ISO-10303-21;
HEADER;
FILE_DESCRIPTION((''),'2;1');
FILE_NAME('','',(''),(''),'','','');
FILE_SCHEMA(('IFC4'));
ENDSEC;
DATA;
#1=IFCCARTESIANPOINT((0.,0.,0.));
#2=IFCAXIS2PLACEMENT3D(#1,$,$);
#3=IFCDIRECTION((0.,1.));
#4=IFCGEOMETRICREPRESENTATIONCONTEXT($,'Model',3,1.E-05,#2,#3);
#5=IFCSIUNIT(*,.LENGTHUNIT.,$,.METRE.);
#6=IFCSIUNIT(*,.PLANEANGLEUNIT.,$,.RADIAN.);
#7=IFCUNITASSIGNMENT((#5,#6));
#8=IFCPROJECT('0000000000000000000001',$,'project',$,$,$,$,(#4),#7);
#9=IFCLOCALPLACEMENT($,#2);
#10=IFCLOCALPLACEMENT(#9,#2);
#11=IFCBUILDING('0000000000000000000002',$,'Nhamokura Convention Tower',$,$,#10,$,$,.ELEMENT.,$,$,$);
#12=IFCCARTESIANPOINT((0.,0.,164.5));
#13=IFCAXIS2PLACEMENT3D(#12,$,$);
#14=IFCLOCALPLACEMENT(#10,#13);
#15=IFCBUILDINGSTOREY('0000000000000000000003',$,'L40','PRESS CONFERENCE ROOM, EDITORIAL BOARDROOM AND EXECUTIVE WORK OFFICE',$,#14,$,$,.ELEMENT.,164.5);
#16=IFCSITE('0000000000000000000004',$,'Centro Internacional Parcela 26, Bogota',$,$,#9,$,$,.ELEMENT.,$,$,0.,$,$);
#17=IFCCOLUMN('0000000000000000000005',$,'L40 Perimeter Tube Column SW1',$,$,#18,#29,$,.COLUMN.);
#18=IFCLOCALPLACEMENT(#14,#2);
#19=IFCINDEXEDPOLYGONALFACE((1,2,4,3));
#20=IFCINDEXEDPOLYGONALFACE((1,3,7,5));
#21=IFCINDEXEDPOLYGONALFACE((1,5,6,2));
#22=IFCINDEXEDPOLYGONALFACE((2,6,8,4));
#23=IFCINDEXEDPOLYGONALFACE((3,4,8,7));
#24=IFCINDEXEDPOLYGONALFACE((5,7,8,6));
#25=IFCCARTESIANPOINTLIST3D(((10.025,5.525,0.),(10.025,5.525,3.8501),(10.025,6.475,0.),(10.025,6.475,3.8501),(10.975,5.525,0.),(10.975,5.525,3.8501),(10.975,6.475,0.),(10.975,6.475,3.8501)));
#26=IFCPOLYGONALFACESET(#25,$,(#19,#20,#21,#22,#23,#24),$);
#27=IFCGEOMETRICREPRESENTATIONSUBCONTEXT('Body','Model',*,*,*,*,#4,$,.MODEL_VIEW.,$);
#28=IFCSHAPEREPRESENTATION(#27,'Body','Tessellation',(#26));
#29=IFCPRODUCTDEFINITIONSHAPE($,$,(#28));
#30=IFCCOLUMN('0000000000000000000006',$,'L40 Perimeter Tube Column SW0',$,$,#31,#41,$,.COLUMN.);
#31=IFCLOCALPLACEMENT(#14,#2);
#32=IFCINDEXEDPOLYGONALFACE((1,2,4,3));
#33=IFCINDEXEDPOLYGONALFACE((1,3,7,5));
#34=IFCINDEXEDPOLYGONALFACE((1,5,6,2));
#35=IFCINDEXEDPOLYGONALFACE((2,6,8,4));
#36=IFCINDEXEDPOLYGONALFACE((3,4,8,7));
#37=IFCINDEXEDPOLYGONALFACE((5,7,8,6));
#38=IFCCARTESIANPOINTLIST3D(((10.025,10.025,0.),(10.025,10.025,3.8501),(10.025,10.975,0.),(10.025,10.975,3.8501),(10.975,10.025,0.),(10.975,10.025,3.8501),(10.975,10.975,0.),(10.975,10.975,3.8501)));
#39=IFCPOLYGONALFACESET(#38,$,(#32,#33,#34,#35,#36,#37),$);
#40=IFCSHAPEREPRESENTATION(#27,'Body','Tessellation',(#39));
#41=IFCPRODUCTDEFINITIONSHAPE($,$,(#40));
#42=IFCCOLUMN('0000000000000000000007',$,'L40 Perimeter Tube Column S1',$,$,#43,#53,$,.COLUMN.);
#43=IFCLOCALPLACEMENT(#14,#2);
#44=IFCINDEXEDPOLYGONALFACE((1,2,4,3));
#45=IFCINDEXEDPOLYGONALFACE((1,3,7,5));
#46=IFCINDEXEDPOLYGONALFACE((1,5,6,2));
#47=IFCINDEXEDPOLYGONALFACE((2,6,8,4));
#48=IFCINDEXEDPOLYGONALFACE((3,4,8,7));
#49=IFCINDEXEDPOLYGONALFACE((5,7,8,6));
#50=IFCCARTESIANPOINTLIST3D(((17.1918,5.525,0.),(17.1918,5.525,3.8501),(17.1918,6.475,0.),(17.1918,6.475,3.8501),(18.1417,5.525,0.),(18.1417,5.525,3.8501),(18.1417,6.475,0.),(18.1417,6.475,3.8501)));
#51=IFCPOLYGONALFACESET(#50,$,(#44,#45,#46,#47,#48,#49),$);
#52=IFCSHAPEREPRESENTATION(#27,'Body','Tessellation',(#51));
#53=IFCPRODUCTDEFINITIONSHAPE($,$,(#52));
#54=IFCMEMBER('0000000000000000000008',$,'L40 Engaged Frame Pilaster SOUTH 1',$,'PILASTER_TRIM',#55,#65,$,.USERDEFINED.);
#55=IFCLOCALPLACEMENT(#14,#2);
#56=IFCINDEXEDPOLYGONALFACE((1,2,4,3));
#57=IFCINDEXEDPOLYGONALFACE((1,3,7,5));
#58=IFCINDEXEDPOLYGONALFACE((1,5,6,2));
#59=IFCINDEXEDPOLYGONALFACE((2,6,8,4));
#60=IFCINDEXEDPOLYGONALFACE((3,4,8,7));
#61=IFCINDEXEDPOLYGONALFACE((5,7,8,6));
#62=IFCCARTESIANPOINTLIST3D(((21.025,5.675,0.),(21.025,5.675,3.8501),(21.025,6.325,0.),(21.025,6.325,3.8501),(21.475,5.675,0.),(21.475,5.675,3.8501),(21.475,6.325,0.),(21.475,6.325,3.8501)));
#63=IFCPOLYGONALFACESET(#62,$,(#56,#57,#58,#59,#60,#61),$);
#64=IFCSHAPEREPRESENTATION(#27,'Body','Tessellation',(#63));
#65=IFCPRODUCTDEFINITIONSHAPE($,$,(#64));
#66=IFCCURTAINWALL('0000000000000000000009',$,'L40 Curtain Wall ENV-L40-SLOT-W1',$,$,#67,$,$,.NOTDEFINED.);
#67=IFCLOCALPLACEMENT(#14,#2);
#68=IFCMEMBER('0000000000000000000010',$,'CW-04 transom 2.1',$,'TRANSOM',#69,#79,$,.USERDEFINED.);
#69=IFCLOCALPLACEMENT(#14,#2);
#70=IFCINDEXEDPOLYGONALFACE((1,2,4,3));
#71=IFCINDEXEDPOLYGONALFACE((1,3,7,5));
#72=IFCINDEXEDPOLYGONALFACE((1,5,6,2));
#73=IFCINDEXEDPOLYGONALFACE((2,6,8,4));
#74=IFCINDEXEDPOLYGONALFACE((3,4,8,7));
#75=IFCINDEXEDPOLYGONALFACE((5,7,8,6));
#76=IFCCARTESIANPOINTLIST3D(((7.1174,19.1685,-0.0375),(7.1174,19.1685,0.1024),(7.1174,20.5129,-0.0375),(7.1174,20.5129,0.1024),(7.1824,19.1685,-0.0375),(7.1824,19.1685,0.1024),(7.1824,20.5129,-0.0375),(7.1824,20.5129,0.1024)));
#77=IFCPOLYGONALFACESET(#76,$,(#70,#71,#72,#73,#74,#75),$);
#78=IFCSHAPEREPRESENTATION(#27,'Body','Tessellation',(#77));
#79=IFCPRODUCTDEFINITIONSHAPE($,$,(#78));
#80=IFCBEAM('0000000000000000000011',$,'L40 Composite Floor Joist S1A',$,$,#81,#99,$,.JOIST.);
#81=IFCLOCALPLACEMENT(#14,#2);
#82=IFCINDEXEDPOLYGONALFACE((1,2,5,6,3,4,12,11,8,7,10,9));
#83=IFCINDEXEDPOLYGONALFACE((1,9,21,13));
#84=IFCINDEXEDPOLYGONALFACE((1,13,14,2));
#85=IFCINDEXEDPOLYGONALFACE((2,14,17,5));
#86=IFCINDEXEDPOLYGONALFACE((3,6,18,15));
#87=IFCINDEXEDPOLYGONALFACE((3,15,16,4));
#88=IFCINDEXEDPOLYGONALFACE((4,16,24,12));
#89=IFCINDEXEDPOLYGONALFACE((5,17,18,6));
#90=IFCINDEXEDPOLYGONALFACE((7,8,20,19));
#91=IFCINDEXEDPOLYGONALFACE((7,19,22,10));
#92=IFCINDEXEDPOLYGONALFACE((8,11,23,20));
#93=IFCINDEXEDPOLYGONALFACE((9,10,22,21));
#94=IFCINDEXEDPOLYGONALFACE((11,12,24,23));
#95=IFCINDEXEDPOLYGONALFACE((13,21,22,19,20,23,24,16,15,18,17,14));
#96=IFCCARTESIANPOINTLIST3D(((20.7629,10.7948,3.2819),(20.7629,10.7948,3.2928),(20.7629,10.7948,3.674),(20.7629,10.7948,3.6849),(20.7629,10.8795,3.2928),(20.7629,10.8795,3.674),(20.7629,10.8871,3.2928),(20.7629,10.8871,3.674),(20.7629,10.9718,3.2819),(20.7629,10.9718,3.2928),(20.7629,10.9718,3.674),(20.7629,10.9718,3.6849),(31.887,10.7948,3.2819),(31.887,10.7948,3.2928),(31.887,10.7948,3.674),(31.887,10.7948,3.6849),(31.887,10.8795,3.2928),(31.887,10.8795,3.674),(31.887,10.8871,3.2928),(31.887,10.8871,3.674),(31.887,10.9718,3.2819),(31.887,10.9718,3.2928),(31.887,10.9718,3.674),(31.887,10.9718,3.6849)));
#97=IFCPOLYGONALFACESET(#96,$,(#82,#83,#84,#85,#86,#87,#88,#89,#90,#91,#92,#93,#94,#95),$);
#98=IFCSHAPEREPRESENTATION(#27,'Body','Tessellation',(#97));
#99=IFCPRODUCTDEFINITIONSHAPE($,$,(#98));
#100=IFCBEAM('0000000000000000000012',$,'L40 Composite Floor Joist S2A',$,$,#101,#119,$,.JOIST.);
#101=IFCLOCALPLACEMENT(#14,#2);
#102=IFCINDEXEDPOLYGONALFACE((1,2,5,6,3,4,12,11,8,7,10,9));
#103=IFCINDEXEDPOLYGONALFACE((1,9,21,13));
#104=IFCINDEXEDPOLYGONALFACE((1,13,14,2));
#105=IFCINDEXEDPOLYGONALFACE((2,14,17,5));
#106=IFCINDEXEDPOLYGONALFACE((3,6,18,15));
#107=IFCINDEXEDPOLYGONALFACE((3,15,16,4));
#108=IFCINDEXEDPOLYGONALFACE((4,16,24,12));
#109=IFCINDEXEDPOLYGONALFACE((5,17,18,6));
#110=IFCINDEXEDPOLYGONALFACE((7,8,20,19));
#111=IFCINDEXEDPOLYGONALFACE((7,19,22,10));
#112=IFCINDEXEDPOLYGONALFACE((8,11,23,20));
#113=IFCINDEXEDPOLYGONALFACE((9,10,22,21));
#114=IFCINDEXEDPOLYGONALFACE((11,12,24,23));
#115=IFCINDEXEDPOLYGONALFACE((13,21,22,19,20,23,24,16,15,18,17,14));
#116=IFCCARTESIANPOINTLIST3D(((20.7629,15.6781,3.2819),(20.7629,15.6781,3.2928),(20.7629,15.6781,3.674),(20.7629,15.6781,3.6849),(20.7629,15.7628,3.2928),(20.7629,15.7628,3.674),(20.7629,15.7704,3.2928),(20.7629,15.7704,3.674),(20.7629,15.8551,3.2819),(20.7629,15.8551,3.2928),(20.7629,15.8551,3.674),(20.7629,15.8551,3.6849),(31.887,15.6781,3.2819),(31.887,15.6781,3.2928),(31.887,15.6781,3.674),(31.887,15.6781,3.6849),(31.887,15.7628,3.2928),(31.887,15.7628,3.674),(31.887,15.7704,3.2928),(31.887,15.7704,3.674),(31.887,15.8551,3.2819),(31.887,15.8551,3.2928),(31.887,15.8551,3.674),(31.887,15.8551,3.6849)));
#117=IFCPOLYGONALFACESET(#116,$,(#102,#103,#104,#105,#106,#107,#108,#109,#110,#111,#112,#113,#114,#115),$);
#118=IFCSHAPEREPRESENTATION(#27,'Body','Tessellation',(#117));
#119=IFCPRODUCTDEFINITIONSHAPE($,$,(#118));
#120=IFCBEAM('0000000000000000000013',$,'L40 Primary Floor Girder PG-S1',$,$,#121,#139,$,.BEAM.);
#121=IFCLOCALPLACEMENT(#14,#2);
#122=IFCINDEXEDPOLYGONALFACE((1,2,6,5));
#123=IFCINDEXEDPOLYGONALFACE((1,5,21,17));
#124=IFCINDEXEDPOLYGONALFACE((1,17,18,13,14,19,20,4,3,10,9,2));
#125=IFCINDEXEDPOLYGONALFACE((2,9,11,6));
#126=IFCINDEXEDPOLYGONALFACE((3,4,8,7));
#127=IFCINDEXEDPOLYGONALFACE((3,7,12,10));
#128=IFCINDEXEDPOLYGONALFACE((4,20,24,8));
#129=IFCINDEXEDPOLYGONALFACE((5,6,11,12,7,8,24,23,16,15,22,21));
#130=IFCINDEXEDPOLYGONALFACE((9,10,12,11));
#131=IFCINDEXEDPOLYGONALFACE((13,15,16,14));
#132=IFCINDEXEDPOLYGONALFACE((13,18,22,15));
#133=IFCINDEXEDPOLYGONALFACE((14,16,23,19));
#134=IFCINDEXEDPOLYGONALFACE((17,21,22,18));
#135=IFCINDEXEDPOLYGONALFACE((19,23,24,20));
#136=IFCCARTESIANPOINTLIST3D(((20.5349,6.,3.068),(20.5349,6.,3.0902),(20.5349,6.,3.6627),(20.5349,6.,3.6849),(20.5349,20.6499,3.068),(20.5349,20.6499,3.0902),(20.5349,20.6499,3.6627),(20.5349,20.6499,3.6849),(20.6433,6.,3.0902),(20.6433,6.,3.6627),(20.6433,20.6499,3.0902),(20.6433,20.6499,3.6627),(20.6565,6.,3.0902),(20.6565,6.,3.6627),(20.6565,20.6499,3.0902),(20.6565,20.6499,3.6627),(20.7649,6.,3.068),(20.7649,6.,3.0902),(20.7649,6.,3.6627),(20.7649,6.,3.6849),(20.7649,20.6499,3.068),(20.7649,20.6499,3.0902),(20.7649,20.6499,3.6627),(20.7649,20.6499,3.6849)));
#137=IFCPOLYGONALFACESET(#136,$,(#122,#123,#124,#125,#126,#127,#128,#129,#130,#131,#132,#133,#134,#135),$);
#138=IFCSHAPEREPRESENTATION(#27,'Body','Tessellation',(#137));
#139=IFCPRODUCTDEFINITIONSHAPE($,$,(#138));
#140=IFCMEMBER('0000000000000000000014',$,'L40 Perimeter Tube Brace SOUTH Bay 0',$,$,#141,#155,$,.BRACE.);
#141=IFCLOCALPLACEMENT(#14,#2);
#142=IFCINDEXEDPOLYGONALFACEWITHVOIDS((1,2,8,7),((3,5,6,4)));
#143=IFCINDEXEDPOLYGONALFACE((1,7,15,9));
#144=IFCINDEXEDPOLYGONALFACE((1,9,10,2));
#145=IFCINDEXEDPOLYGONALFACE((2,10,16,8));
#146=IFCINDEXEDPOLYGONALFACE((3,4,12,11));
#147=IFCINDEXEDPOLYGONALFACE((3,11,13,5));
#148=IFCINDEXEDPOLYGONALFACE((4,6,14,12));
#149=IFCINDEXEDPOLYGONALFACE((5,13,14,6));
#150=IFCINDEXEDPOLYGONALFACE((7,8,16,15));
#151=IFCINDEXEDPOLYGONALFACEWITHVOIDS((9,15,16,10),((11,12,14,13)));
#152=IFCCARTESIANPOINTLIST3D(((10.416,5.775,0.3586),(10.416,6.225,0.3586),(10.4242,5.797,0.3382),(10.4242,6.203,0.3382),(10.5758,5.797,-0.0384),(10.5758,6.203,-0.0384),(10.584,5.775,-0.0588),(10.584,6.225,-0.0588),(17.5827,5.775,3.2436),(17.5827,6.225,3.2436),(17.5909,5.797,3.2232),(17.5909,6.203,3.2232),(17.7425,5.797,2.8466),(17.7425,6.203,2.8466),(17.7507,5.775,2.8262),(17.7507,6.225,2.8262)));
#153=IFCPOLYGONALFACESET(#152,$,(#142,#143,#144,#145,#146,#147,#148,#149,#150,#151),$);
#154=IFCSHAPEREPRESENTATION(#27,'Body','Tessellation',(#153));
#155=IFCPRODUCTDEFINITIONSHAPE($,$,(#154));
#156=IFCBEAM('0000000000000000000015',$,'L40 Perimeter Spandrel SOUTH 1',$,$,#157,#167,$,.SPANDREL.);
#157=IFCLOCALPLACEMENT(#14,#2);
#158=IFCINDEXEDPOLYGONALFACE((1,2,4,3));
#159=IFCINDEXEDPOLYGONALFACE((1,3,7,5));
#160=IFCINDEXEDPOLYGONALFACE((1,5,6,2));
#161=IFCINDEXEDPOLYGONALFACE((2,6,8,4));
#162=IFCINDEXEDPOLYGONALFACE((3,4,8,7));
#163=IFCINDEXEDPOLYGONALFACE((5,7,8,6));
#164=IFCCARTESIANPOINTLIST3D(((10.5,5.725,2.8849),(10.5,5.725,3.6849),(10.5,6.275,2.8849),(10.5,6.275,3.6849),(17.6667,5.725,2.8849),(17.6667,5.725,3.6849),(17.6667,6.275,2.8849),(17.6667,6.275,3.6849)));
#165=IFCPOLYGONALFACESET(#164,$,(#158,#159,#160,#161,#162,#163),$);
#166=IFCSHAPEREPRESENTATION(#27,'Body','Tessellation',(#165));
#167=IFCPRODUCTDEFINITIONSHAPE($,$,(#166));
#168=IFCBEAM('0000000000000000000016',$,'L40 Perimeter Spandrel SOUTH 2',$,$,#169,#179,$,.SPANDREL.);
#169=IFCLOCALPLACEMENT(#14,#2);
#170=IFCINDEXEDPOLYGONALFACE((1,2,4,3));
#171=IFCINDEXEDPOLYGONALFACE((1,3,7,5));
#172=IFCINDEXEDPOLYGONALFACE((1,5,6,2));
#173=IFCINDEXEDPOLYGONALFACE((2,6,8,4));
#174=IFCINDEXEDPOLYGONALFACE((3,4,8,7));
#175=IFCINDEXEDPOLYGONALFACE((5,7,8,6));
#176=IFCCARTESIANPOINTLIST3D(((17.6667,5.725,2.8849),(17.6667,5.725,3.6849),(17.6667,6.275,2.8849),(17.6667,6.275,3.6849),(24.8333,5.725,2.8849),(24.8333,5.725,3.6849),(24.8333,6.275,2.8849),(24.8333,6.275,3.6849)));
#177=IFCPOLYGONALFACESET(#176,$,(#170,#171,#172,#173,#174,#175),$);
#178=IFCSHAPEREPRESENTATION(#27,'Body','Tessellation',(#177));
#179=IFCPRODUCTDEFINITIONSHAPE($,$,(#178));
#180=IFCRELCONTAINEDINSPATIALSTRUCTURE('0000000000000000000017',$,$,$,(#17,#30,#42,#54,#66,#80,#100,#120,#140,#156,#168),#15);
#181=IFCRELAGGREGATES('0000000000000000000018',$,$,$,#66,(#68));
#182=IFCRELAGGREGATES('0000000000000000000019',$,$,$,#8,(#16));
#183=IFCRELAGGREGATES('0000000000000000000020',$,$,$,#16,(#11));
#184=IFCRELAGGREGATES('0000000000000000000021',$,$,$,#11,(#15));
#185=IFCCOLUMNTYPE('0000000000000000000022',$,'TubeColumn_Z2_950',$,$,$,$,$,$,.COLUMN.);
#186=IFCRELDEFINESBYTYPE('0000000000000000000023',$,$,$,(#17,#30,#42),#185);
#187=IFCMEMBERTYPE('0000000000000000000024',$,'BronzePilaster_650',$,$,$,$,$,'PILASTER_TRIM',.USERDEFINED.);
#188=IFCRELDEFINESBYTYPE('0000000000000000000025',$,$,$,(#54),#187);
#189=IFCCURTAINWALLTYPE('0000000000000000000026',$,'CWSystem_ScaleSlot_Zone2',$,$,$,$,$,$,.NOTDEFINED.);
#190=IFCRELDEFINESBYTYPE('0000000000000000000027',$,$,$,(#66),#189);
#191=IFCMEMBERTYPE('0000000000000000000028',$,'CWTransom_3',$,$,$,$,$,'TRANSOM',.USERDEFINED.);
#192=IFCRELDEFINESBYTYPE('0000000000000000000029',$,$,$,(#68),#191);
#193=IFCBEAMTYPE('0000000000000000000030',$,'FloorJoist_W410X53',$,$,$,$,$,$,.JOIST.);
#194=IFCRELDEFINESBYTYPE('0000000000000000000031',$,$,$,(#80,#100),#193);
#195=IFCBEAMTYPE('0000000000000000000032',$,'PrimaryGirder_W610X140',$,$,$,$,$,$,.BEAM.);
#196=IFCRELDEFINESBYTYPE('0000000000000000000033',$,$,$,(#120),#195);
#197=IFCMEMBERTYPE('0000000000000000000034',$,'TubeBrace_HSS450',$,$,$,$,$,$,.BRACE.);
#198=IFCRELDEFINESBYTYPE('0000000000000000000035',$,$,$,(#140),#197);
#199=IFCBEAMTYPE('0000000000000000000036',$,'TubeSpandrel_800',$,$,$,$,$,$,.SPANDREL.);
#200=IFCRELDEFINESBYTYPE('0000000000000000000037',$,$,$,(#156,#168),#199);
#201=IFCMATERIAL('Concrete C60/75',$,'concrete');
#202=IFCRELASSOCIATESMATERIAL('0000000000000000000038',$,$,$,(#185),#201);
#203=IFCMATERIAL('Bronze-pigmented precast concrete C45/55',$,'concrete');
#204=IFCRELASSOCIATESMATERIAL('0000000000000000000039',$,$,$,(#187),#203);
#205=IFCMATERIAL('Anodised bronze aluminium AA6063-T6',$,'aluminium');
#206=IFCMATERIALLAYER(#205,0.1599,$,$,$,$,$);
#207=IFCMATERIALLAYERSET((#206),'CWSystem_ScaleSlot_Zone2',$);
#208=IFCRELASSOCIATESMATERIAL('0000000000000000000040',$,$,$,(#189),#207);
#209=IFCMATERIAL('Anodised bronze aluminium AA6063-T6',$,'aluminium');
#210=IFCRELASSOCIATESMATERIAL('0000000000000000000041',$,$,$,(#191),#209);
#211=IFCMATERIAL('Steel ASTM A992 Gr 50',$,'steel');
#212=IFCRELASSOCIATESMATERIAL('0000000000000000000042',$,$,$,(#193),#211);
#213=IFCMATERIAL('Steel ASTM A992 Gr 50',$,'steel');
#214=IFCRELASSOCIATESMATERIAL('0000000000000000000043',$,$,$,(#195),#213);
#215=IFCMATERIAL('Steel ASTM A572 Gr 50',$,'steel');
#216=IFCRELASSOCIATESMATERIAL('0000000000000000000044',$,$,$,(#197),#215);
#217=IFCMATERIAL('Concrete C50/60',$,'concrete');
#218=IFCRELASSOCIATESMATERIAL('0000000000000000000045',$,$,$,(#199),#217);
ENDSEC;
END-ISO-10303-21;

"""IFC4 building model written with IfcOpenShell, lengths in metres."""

from ifc_helpers import new_model, si_unit, direction, frame, origin, origin_2d, place, context, subcontext, project, spatial, rectangle, hollow_rectangle, i_section, extrude, material, layer, layer_set, material_profile, profile_set, type_object, element, aggregate, save


model = new_model("IFC4")

# Units and contexts
model_context = context("Model", 3, precision=1e-05, world=origin(), true_north=direction((0.0, 1.0)))
body_context = subcontext(model_context, "Body", "Model", "MODEL_VIEW")
ifc_project = project(units=[si_unit("LENGTHUNIT", "METRE"), si_unit("PLANEANGLEUNIT", "RADIAN")], contexts=[model_context])

# Site, building, storey
site_placement = place(None, origin())
site = spatial("IfcSite", under=ifc_project, at=site_placement, Name="Centro Internacional Parcela 26, Bogota", CompositionType="ELEMENT", RefElevation=0.0)
building_placement = place(site_placement, origin())
building = spatial("IfcBuilding", under=site, at=building_placement, Name="Nhamokura Convention Tower", CompositionType="ELEMENT")
storey_placement = place(building_placement, frame((0.0, 0.0, 164.5)))
storey = spatial("IfcBuildingStorey", under=building, at=storey_placement, Name="L40", Description="PRESS CONFERENCE ROOM, EDITORIAL BOARDROOM AND EXECUTIVE WORK OFFICE", CompositionType="ELEMENT", Elevation=164.5)

# Columns
ifc_material_1 = material(Name="Concrete C60/75", Category="concrete")
ifc_material_profile_1 = material_profile(ifc_material_1, rectangle(XDim=0.95, YDim=0.95, at=origin_2d()))
ifc_profile_set_1 = profile_set([ifc_material_profile_1], Name="Concrete C60/75")
column_type = type_object("IfcColumnType", Name="TubeColumn_Z2_950", PredefinedType="COLUMN", material=ifc_profile_set_1)
for number, where, z_axis, x_axis, name in (
    (1, (10.5, 6.0, 0.0), (0.0, 0.0, 1.0), (1.0, 0.0, 0.0), "L40 Perimeter Tube Column SW1"),
    (2, (10.5, 10.5, 0.0), (0.0, 0.0, 1.0), (1.0, 0.0, 0.0), "L40 Perimeter Tube Column SW0"),
    (3, (17.6667, 6.0, 0.0), (0.0, 0.0, 1.0), (1.0, 0.0, 0.0), "L40 Perimeter Tube Column S1"),
):
    element("IfcColumn", number, at=place(storey_placement, frame(where, z_axis=z_axis, x_axis=x_axis)), inside=storey, type_object=column_type, Name=name, PredefinedType="COLUMN", context=body_context, shape_type="SweptSolid", body=[
        extrude(rectangle(XDim=0.95, YDim=0.95, at=origin_2d()), origin(), (0.0, 0.0, 1.0), 3.8501),
    ])

# Member
ifc_material_2 = material(Name="Bronze-pigmented precast concrete C45/55", Category="concrete")
ifc_material_profile_2 = material_profile(ifc_material_2, rectangle(XDim=0.45, YDim=0.6499, at=origin_2d()))
ifc_profile_set_2 = profile_set([ifc_material_profile_2], Name="Bronze-pigmented precast concrete C45/55")
member_type_1 = type_object("IfcMemberType", Name="BronzePilaster_650", ElementType="PILASTER_TRIM", PredefinedType="USERDEFINED", material=ifc_profile_set_2)
member_1_placement = place(storey_placement, frame((21.25, 6.0, 0.0), z_axis=(0.0, 0.0, 1.0), x_axis=(1.0, 0.0, 0.0)))
element("IfcMember", 4, at=member_1_placement, inside=storey, type_object=member_type_1, Name="L40 Engaged Frame Pilaster SOUTH 1", ObjectType="PILASTER_TRIM", PredefinedType="USERDEFINED", context=body_context, shape_type="SweptSolid", body=[
    extrude(rectangle(XDim=0.45, YDim=0.6499, at=origin_2d()), origin(), (0.0, 0.0, 1.0), 3.8501),
])

# Curtain wall, member
ifc_material_3 = material(Name="Anodised bronze aluminium AA6063-T6", Category="aluminium")
ifc_layer_1 = layer(ifc_material_3, 0.1599)
ifc_layer_set_1 = layer_set([ifc_layer_1], Name="CWSystem_ScaleSlot_Zone2")
curtain_wall_type = type_object("IfcCurtainWallType", Name="CWSystem_ScaleSlot_Zone2", PredefinedType="NOTDEFINED", material=ifc_layer_set_1)
curtain_wall_placement = place(storey_placement, origin())
curtain_wall = element("IfcCurtainWall", 5, at=curtain_wall_placement, inside=storey, type_object=curtain_wall_type, Name="L40 Curtain Wall ENV-L40-SLOT-W1", PredefinedType="NOTDEFINED")
ifc_material_4 = material(Name="Anodised bronze aluminium AA6063-T6", Category="aluminium")
ifc_material_profile_3 = material_profile(ifc_material_4, rectangle(XDim=0.0649, YDim=0.1399, at=origin_2d()))
ifc_profile_set_3 = profile_set([ifc_material_profile_3], Name="Anodised bronze aluminium AA6063-T6")
member_type_2 = type_object("IfcMemberType", Name="CWTransom_3", ElementType="TRANSOM", PredefinedType="USERDEFINED", material=ifc_profile_set_3)
member_2_placement = place(storey_placement, frame((7.1499, 19.1685, 0.0325), z_axis=(0.0, 1.0, 0.0), x_axis=(-1.0, 0.0, 0.0)))
member_2 = element("IfcMember", 6, at=member_2_placement, type_object=member_type_2, Name="CW-04 transom 2.1", ObjectType="TRANSOM", PredefinedType="USERDEFINED", context=body_context, shape_type="SweptSolid", body=[
    extrude(rectangle(XDim=0.0649, YDim=0.1399, at=origin_2d()), origin(), (0.0, 0.0, 1.0), 1.3445),
])
aggregate(curtain_wall, [member_2])

# Beams
ifc_material_5 = material(Name="Steel ASTM A992 Gr 50", Category="steel")
ifc_material_profile_4 = material_profile(ifc_material_5, i_section(OverallWidth=0.177, OverallDepth=0.4031, WebThickness=0.0076, FlangeThickness=0.011, at=origin_2d()))
ifc_profile_set_4 = profile_set([ifc_material_profile_4], Name="Steel ASTM A992 Gr 50")
beam_type_1 = type_object("IfcBeamType", Name="FloorJoist_W410X53", PredefinedType="JOIST", material=ifc_profile_set_4)
for number, where, z_axis, x_axis, name in (
    (7, (20.7629, 10.8833, 3.4834), (1.0, 0.0, 0.0), (0.0, 1.0, 0.0), "L40 Composite Floor Joist S1A"),
    (8, (20.7629, 15.7666, 3.4834), (1.0, 0.0, 0.0), (0.0, 1.0, 0.0), "L40 Composite Floor Joist S2A"),
):
    element("IfcBeam", number, at=place(storey_placement, frame(where, z_axis=z_axis, x_axis=x_axis)), inside=storey, type_object=beam_type_1, Name=name, PredefinedType="JOIST", context=body_context, shape_type="SweptSolid", body=[
        extrude(i_section(OverallWidth=0.177, OverallDepth=0.4031, WebThickness=0.0076, FlangeThickness=0.011, at=origin_2d()), origin(), (0.0, 0.0, 1.0), 11.124),
    ])
ifc_material_6 = material(Name="Steel ASTM A992 Gr 50", Category="steel")
ifc_material_profile_5 = material_profile(ifc_material_6, i_section(OverallWidth=0.23, OverallDepth=0.6169, WebThickness=0.0132, FlangeThickness=0.0222, at=origin_2d()))
ifc_profile_set_5 = profile_set([ifc_material_profile_5], Name="Steel ASTM A992 Gr 50")
beam_type_2 = type_object("IfcBeamType", Name="PrimaryGirder_W610X140", PredefinedType="BEAM", material=ifc_profile_set_5)
beam_1_placement = place(storey_placement, frame((20.6499, 6.0, 3.3765), z_axis=(0.0, 1.0, 0.0), x_axis=(-1.0, 0.0, 0.0)))
element("IfcBeam", 9, at=beam_1_placement, inside=storey, type_object=beam_type_2, Name="L40 Primary Floor Girder PG-S1", PredefinedType="BEAM", context=body_context, shape_type="SweptSolid", body=[
    extrude(i_section(OverallWidth=0.23, OverallDepth=0.6169, WebThickness=0.0132, FlangeThickness=0.0222, at=origin_2d()), origin(), (0.0, 0.0, 1.0), 14.6499),
])

# Member
ifc_material_7 = material(Name="Steel ASTM A572 Gr 50", Category="steel")
ifc_material_profile_6 = material_profile(ifc_material_7, hollow_rectangle(XDim=0.45, YDim=0.45, WallThickness=0.022, at=origin_2d()))
ifc_profile_set_6 = profile_set([ifc_material_profile_6], Name="Steel ASTM A572 Gr 50")
member_type_3 = type_object("IfcMemberType", Name="TubeBrace_HSS450", PredefinedType="BRACE", material=ifc_profile_set_6)
member_3_placement = place(storey_placement, frame((10.5, 6.0, 0.1499), z_axis=(0.927657, 0.0, 0.373433), x_axis=(0.0, 1.0, 0.0)))
element("IfcMember", 10, at=member_3_placement, inside=storey, type_object=member_type_3, Name="L40 Perimeter Tube Brace SOUTH Bay 0", PredefinedType="BRACE", context=body_context, shape_type="SweptSolid", body=[
    extrude(hollow_rectangle(XDim=0.45, YDim=0.45, WallThickness=0.022, at=origin_2d()), origin(), (0.0, 0.0, 1.0), 7.7256),
])

# Beams
ifc_material_8 = material(Name="Concrete C50/60", Category="concrete")
ifc_material_profile_7 = material_profile(ifc_material_8, rectangle(XDim=0.55, YDim=0.8, at=origin_2d()))
ifc_profile_set_7 = profile_set([ifc_material_profile_7], Name="Concrete C50/60")
beam_type_3 = type_object("IfcBeamType", Name="TubeSpandrel_800", PredefinedType="SPANDREL", material=ifc_profile_set_7)
beam_2_placement = place(storey_placement, frame((10.5, 6.0, 3.2849), z_axis=(1.0, 0.0, 0.0), x_axis=(0.0, 1.0, 0.0)))
element("IfcBeam", 11, at=beam_2_placement, inside=storey, type_object=beam_type_3, Name="L40 Perimeter Spandrel SOUTH 1", PredefinedType="SPANDREL", context=body_context, shape_type="SweptSolid", body=[
    extrude(rectangle(XDim=0.55, YDim=0.8, at=origin_2d()), origin(), (0.0, 0.0, 1.0), 7.1667),
])
beam_3_placement = place(storey_placement, frame((17.6667, 6.0, 3.2849), z_axis=(1.0, 0.0, 0.0), x_axis=(0.0, 1.0, 0.0)))
element("IfcBeam", 12, at=beam_3_placement, inside=storey, type_object=beam_type_3, Name="L40 Perimeter Spandrel SOUTH 2", PredefinedType="SPANDREL", context=body_context, shape_type="SweptSolid", body=[
    extrude(rectangle(XDim=0.55, YDim=0.8, at=origin_2d()), origin(), (0.0, 0.0, 1.0), 7.1665),
])

save(model, "model.ifc")
